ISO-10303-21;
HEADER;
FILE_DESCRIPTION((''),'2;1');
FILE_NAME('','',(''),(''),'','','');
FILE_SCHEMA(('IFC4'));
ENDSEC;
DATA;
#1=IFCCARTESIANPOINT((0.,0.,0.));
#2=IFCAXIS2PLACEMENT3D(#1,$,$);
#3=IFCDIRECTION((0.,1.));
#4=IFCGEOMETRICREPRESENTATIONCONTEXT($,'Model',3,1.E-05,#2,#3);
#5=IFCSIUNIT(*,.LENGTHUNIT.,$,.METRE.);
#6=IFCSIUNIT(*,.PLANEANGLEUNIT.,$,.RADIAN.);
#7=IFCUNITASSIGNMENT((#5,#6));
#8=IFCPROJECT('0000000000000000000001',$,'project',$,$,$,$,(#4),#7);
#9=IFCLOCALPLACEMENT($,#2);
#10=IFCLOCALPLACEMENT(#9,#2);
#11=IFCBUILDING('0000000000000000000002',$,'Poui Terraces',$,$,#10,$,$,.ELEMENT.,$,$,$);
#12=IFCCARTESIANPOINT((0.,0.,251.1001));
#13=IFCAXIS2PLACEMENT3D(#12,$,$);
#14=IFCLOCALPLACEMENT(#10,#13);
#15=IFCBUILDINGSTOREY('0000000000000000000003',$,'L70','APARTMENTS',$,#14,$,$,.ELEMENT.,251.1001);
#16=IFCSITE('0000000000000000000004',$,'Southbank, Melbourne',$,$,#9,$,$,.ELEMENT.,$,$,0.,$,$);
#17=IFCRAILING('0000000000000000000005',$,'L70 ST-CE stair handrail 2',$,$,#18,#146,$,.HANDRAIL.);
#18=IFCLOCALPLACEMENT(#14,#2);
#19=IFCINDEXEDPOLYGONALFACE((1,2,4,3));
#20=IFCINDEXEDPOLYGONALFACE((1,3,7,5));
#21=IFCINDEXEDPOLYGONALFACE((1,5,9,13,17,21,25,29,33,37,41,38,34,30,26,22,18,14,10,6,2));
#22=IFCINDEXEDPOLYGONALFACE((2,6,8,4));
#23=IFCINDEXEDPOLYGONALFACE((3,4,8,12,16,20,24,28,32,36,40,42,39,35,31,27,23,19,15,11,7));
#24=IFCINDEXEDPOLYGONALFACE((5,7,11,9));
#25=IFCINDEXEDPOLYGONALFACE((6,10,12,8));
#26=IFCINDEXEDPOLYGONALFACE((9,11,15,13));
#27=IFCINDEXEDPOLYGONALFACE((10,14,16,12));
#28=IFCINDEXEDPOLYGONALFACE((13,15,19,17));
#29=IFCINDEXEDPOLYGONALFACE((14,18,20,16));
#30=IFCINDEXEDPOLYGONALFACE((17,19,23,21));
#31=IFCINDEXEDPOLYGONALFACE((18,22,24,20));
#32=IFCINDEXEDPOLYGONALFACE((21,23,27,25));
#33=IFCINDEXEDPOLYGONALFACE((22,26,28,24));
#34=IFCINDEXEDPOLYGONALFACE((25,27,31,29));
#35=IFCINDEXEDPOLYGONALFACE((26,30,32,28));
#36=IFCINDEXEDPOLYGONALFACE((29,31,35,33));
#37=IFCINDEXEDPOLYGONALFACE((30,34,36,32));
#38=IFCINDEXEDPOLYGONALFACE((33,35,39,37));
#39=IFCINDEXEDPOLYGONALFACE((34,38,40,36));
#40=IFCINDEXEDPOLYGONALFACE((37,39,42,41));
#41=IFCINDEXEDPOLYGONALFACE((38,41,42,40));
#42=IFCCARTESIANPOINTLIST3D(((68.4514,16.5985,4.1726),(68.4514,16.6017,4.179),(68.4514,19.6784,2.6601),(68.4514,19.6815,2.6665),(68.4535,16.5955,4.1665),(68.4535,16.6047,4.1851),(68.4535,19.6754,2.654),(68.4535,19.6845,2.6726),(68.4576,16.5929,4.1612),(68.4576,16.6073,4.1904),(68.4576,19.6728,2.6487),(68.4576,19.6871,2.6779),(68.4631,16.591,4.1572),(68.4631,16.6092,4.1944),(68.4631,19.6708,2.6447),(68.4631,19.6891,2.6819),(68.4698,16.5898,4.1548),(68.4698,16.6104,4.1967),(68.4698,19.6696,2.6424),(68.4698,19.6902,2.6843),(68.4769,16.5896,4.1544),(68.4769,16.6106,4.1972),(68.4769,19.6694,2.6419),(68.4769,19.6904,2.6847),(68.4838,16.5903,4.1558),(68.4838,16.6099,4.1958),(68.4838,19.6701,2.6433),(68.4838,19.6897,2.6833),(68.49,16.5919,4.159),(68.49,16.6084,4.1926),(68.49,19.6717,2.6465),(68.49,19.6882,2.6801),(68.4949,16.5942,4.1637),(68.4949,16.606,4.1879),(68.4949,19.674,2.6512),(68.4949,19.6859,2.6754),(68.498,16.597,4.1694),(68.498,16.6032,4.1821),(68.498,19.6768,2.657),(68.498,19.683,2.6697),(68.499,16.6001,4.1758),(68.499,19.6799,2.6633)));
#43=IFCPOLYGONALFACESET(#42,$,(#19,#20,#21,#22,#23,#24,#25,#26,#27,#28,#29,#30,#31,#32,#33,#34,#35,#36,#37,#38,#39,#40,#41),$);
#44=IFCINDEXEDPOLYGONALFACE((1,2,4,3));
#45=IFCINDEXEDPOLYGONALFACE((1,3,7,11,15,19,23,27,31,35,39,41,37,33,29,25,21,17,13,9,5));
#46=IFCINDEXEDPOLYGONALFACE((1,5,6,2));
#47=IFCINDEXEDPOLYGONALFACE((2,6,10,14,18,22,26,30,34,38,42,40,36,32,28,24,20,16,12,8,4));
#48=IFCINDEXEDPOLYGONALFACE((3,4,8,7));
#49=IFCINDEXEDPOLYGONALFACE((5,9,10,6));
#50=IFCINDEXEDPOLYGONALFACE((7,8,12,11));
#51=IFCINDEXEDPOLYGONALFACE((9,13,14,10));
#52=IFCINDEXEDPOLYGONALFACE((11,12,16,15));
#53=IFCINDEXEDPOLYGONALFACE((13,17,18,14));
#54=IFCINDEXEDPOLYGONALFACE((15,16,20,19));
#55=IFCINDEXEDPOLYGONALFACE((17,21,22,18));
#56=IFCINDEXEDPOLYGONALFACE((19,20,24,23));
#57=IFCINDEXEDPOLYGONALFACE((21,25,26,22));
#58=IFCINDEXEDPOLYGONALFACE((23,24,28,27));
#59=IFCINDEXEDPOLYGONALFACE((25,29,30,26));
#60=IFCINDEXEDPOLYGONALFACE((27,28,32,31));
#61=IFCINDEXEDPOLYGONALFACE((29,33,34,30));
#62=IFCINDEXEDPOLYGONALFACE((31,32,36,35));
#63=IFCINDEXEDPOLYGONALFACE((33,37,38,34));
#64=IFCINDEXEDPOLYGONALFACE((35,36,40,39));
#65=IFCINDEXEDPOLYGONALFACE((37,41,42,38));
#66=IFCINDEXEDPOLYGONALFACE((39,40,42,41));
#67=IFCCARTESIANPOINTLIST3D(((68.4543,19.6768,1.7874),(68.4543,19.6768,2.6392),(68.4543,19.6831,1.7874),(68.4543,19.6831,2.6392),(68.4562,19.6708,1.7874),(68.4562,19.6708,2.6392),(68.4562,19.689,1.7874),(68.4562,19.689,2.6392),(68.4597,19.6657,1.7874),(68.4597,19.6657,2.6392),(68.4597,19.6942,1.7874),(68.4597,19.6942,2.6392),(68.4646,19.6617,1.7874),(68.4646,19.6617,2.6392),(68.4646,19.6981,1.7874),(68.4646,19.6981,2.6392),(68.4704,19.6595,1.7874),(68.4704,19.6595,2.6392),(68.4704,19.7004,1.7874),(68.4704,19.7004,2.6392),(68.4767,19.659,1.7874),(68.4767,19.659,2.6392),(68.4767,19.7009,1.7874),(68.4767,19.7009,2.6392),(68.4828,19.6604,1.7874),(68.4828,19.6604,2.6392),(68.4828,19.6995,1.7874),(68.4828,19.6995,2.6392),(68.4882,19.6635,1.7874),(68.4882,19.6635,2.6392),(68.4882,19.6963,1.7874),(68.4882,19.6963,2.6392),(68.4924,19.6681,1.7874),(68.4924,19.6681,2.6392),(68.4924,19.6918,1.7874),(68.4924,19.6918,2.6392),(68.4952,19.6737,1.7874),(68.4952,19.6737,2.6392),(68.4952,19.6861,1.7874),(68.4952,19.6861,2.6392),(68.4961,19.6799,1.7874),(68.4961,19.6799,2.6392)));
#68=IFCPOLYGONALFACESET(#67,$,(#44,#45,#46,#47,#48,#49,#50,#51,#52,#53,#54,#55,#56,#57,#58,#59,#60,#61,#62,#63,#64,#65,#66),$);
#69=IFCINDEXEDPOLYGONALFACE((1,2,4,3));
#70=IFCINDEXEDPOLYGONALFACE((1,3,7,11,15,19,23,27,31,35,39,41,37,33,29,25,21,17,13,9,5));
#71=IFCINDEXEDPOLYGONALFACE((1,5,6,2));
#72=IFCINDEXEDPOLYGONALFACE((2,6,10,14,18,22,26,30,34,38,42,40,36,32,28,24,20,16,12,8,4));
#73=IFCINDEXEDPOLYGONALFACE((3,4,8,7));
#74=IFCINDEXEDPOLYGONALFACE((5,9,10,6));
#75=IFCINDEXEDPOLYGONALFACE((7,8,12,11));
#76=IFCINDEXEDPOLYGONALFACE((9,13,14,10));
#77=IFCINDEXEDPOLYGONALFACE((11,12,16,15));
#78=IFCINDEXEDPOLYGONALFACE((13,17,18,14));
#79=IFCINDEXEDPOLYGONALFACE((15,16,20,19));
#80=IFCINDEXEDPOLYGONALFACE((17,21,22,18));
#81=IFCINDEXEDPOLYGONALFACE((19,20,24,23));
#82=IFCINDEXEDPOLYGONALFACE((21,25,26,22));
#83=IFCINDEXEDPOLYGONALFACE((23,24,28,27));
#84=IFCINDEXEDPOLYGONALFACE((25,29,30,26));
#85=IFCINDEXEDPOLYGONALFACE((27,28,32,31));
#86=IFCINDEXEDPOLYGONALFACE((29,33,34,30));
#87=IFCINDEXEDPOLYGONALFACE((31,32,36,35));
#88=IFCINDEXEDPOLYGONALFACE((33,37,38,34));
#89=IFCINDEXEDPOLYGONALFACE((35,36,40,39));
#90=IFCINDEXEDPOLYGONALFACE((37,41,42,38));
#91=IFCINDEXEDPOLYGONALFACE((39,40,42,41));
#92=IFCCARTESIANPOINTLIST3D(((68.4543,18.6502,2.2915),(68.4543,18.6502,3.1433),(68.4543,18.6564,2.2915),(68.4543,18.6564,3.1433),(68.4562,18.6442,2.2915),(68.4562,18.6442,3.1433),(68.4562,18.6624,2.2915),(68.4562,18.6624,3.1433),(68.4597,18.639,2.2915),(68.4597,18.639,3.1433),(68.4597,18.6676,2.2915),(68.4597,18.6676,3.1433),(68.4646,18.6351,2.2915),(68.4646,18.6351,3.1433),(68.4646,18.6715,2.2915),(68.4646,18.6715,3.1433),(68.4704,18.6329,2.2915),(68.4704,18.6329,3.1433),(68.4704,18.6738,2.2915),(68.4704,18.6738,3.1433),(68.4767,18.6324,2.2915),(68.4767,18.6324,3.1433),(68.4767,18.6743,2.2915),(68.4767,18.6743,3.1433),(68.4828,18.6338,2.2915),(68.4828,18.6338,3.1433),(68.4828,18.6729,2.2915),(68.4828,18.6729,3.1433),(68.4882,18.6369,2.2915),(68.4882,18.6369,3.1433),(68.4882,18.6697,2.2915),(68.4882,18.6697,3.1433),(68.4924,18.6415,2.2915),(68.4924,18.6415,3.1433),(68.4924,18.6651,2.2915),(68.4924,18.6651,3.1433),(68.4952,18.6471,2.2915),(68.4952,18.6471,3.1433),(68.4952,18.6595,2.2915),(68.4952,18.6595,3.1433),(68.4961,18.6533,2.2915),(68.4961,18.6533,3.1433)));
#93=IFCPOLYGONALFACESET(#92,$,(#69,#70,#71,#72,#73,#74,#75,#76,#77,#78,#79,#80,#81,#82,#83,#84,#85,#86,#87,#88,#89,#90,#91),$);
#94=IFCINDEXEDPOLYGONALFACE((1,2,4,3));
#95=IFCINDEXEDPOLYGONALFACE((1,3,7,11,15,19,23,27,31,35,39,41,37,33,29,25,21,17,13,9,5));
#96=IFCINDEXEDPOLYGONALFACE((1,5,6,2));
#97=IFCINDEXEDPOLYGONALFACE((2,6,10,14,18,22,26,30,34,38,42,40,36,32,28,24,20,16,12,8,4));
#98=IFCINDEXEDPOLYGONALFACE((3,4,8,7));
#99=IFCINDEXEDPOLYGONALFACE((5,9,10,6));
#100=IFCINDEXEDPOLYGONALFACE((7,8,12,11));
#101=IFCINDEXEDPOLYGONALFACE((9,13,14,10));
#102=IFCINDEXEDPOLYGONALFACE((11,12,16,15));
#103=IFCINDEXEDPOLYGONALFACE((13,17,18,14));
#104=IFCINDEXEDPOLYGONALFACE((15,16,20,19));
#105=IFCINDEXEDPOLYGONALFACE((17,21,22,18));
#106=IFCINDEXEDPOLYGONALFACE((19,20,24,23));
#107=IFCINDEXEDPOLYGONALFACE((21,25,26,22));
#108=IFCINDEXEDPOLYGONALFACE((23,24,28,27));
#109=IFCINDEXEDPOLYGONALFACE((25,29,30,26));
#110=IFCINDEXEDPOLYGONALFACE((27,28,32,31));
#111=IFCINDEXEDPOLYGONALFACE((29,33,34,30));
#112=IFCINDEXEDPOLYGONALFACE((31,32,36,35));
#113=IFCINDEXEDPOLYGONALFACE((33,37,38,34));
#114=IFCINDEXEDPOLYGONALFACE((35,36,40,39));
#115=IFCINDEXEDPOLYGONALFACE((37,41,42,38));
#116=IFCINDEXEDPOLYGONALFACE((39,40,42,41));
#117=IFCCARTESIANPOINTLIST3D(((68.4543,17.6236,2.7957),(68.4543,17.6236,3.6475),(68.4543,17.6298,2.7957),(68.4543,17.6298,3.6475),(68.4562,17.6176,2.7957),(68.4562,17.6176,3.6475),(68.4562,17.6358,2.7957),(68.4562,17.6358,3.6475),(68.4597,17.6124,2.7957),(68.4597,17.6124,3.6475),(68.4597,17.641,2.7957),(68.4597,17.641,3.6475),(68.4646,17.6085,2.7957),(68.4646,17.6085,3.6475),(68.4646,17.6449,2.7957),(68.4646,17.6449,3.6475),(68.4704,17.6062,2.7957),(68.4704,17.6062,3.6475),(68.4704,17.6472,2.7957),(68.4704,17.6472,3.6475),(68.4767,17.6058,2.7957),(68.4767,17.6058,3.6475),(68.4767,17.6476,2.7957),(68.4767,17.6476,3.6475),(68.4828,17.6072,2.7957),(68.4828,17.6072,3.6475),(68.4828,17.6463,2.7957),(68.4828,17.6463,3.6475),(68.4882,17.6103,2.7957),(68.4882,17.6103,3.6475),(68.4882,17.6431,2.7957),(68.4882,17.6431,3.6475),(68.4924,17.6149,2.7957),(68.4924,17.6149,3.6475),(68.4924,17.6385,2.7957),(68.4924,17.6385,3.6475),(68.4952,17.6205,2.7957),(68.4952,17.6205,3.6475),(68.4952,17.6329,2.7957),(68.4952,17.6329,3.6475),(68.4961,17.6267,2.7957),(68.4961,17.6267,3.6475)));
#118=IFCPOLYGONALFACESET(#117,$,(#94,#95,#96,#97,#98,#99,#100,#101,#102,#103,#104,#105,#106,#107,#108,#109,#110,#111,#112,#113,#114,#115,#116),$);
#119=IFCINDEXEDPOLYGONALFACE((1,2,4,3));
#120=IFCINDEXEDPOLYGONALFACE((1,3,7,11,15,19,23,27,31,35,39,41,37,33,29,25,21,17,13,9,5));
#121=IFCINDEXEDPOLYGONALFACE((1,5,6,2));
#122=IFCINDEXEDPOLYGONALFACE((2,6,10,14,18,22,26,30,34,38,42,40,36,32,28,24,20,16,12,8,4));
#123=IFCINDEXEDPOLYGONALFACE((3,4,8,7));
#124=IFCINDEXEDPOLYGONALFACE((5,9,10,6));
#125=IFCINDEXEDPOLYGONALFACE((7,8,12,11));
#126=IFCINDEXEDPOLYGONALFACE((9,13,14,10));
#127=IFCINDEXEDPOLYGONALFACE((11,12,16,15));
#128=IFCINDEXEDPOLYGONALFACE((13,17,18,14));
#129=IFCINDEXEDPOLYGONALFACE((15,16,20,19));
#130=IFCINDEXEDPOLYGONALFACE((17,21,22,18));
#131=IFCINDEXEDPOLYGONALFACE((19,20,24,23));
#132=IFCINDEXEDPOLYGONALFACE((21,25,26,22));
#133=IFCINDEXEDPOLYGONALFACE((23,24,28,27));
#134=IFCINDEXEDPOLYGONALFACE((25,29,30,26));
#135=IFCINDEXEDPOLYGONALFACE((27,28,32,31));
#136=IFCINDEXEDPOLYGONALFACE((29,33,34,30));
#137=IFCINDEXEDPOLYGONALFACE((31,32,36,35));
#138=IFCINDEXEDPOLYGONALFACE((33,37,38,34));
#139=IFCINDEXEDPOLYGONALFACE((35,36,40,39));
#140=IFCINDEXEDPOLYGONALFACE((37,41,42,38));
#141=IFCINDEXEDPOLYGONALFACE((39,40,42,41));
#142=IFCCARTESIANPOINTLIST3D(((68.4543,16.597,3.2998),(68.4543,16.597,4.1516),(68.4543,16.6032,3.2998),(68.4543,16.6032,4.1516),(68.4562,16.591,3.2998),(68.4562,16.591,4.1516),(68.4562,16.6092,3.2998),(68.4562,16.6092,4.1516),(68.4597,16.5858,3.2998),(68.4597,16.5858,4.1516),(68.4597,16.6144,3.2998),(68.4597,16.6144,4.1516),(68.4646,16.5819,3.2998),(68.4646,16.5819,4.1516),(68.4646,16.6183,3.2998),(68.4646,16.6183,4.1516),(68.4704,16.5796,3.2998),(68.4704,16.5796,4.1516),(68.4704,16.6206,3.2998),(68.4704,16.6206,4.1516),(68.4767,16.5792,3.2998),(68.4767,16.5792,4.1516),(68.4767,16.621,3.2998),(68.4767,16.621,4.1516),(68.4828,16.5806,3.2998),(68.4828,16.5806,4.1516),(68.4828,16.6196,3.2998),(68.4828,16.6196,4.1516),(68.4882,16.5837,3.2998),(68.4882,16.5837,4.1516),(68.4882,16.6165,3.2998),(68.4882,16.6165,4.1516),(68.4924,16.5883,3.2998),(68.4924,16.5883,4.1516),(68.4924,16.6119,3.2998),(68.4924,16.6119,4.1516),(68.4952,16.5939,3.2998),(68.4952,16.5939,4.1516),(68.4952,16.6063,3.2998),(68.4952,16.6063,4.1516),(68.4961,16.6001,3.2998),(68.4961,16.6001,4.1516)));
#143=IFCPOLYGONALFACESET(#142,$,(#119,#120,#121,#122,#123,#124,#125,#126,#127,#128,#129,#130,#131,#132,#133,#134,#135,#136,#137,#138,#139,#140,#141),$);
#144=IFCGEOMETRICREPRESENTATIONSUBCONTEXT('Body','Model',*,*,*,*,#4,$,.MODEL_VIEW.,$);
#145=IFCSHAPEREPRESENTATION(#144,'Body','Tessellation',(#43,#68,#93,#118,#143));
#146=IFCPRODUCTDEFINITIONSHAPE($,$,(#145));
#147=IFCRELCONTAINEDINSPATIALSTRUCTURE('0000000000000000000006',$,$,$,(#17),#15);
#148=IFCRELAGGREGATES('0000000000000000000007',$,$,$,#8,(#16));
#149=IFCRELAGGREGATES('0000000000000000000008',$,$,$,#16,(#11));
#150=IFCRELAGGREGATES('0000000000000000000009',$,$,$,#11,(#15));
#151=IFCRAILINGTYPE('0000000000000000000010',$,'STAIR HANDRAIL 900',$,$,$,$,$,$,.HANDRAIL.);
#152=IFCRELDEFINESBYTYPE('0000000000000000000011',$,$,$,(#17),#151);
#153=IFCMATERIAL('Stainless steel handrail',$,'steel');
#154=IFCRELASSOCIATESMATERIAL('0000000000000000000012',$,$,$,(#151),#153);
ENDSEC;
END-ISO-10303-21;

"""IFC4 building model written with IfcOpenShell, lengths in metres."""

from ifc_helpers import new_model, si_unit, direction, frame, origin, origin_2d, place, context, subcontext, project, spatial, circle, extrude, material, type_object, element, save


model = new_model("IFC4")

# Units and contexts
model_context = context("Model", 3, precision=1e-05, world=origin(), true_north=direction((0.0, 1.0)))
body_context = subcontext(model_context, "Body", "Model", "MODEL_VIEW")
ifc_project = project(units=[si_unit("LENGTHUNIT", "METRE"), si_unit("PLANEANGLEUNIT", "RADIAN")], contexts=[model_context])

# Site, building, storey
site_placement = place(None, origin())
site = spatial("IfcSite", under=ifc_project, at=site_placement, Name="Southbank, Melbourne", CompositionType="ELEMENT", RefElevation=0.0)
building_placement = place(site_placement, origin())
building = spatial("IfcBuilding", under=site, at=building_placement, Name="Poui Terraces", CompositionType="ELEMENT")
storey_placement = place(building_placement, frame((0.0, 0.0, 251.1001)))
storey = spatial("IfcBuildingStorey", under=building, at=storey_placement, Name="L70", Description="APARTMENTS", CompositionType="ELEMENT", Elevation=251.1001)

# Railing
ifc_material_1 = material(Name="Stainless steel handrail", Category="steel")
railing_type_1 = type_object("IfcRailingType", Name="STAIR HANDRAIL 900", PredefinedType="HANDRAIL", material=ifc_material_1)
railing_1_placement = place(storey_placement, frame((68.4751, 19.6799, 1.7874)))
element("IfcRailing", 1, at=railing_1_placement, inside=storey, type_object=railing_type_1, Name="L70 ST-CE stair handrail 2", PredefinedType="HANDRAIL", context=body_context, shape_type="SweptSolid", body=[
    extrude(circle(Radius=0.0239, at=origin_2d()), frame((0.0, 0.0, 0.876), z_axis=(0.0, -0.897606, 0.440798), x_axis=(1.0, 0.0, 0.0)), (0.0, 0.0, 1.0), 3.4312),
    extrude(circle(Radius=0.021, at=origin_2d()), origin(), (0.0, 0.0, 1.0), 0.8518),
    extrude(circle(Radius=0.021, at=origin_2d()), frame((0.0, -1.0266, 0.5042)), (0.0, 0.0, 1.0), 0.8518),
    extrude(circle(Radius=0.021, at=origin_2d()), frame((0.0, -2.0532, 1.0083)), (0.0, 0.0, 1.0), 0.8518),
    extrude(circle(Radius=0.021, at=origin_2d()), frame((0.0, -3.0798, 1.5125)), (0.0, 0.0, 1.0), 0.8518),
])

save(model, "model.ifc")
